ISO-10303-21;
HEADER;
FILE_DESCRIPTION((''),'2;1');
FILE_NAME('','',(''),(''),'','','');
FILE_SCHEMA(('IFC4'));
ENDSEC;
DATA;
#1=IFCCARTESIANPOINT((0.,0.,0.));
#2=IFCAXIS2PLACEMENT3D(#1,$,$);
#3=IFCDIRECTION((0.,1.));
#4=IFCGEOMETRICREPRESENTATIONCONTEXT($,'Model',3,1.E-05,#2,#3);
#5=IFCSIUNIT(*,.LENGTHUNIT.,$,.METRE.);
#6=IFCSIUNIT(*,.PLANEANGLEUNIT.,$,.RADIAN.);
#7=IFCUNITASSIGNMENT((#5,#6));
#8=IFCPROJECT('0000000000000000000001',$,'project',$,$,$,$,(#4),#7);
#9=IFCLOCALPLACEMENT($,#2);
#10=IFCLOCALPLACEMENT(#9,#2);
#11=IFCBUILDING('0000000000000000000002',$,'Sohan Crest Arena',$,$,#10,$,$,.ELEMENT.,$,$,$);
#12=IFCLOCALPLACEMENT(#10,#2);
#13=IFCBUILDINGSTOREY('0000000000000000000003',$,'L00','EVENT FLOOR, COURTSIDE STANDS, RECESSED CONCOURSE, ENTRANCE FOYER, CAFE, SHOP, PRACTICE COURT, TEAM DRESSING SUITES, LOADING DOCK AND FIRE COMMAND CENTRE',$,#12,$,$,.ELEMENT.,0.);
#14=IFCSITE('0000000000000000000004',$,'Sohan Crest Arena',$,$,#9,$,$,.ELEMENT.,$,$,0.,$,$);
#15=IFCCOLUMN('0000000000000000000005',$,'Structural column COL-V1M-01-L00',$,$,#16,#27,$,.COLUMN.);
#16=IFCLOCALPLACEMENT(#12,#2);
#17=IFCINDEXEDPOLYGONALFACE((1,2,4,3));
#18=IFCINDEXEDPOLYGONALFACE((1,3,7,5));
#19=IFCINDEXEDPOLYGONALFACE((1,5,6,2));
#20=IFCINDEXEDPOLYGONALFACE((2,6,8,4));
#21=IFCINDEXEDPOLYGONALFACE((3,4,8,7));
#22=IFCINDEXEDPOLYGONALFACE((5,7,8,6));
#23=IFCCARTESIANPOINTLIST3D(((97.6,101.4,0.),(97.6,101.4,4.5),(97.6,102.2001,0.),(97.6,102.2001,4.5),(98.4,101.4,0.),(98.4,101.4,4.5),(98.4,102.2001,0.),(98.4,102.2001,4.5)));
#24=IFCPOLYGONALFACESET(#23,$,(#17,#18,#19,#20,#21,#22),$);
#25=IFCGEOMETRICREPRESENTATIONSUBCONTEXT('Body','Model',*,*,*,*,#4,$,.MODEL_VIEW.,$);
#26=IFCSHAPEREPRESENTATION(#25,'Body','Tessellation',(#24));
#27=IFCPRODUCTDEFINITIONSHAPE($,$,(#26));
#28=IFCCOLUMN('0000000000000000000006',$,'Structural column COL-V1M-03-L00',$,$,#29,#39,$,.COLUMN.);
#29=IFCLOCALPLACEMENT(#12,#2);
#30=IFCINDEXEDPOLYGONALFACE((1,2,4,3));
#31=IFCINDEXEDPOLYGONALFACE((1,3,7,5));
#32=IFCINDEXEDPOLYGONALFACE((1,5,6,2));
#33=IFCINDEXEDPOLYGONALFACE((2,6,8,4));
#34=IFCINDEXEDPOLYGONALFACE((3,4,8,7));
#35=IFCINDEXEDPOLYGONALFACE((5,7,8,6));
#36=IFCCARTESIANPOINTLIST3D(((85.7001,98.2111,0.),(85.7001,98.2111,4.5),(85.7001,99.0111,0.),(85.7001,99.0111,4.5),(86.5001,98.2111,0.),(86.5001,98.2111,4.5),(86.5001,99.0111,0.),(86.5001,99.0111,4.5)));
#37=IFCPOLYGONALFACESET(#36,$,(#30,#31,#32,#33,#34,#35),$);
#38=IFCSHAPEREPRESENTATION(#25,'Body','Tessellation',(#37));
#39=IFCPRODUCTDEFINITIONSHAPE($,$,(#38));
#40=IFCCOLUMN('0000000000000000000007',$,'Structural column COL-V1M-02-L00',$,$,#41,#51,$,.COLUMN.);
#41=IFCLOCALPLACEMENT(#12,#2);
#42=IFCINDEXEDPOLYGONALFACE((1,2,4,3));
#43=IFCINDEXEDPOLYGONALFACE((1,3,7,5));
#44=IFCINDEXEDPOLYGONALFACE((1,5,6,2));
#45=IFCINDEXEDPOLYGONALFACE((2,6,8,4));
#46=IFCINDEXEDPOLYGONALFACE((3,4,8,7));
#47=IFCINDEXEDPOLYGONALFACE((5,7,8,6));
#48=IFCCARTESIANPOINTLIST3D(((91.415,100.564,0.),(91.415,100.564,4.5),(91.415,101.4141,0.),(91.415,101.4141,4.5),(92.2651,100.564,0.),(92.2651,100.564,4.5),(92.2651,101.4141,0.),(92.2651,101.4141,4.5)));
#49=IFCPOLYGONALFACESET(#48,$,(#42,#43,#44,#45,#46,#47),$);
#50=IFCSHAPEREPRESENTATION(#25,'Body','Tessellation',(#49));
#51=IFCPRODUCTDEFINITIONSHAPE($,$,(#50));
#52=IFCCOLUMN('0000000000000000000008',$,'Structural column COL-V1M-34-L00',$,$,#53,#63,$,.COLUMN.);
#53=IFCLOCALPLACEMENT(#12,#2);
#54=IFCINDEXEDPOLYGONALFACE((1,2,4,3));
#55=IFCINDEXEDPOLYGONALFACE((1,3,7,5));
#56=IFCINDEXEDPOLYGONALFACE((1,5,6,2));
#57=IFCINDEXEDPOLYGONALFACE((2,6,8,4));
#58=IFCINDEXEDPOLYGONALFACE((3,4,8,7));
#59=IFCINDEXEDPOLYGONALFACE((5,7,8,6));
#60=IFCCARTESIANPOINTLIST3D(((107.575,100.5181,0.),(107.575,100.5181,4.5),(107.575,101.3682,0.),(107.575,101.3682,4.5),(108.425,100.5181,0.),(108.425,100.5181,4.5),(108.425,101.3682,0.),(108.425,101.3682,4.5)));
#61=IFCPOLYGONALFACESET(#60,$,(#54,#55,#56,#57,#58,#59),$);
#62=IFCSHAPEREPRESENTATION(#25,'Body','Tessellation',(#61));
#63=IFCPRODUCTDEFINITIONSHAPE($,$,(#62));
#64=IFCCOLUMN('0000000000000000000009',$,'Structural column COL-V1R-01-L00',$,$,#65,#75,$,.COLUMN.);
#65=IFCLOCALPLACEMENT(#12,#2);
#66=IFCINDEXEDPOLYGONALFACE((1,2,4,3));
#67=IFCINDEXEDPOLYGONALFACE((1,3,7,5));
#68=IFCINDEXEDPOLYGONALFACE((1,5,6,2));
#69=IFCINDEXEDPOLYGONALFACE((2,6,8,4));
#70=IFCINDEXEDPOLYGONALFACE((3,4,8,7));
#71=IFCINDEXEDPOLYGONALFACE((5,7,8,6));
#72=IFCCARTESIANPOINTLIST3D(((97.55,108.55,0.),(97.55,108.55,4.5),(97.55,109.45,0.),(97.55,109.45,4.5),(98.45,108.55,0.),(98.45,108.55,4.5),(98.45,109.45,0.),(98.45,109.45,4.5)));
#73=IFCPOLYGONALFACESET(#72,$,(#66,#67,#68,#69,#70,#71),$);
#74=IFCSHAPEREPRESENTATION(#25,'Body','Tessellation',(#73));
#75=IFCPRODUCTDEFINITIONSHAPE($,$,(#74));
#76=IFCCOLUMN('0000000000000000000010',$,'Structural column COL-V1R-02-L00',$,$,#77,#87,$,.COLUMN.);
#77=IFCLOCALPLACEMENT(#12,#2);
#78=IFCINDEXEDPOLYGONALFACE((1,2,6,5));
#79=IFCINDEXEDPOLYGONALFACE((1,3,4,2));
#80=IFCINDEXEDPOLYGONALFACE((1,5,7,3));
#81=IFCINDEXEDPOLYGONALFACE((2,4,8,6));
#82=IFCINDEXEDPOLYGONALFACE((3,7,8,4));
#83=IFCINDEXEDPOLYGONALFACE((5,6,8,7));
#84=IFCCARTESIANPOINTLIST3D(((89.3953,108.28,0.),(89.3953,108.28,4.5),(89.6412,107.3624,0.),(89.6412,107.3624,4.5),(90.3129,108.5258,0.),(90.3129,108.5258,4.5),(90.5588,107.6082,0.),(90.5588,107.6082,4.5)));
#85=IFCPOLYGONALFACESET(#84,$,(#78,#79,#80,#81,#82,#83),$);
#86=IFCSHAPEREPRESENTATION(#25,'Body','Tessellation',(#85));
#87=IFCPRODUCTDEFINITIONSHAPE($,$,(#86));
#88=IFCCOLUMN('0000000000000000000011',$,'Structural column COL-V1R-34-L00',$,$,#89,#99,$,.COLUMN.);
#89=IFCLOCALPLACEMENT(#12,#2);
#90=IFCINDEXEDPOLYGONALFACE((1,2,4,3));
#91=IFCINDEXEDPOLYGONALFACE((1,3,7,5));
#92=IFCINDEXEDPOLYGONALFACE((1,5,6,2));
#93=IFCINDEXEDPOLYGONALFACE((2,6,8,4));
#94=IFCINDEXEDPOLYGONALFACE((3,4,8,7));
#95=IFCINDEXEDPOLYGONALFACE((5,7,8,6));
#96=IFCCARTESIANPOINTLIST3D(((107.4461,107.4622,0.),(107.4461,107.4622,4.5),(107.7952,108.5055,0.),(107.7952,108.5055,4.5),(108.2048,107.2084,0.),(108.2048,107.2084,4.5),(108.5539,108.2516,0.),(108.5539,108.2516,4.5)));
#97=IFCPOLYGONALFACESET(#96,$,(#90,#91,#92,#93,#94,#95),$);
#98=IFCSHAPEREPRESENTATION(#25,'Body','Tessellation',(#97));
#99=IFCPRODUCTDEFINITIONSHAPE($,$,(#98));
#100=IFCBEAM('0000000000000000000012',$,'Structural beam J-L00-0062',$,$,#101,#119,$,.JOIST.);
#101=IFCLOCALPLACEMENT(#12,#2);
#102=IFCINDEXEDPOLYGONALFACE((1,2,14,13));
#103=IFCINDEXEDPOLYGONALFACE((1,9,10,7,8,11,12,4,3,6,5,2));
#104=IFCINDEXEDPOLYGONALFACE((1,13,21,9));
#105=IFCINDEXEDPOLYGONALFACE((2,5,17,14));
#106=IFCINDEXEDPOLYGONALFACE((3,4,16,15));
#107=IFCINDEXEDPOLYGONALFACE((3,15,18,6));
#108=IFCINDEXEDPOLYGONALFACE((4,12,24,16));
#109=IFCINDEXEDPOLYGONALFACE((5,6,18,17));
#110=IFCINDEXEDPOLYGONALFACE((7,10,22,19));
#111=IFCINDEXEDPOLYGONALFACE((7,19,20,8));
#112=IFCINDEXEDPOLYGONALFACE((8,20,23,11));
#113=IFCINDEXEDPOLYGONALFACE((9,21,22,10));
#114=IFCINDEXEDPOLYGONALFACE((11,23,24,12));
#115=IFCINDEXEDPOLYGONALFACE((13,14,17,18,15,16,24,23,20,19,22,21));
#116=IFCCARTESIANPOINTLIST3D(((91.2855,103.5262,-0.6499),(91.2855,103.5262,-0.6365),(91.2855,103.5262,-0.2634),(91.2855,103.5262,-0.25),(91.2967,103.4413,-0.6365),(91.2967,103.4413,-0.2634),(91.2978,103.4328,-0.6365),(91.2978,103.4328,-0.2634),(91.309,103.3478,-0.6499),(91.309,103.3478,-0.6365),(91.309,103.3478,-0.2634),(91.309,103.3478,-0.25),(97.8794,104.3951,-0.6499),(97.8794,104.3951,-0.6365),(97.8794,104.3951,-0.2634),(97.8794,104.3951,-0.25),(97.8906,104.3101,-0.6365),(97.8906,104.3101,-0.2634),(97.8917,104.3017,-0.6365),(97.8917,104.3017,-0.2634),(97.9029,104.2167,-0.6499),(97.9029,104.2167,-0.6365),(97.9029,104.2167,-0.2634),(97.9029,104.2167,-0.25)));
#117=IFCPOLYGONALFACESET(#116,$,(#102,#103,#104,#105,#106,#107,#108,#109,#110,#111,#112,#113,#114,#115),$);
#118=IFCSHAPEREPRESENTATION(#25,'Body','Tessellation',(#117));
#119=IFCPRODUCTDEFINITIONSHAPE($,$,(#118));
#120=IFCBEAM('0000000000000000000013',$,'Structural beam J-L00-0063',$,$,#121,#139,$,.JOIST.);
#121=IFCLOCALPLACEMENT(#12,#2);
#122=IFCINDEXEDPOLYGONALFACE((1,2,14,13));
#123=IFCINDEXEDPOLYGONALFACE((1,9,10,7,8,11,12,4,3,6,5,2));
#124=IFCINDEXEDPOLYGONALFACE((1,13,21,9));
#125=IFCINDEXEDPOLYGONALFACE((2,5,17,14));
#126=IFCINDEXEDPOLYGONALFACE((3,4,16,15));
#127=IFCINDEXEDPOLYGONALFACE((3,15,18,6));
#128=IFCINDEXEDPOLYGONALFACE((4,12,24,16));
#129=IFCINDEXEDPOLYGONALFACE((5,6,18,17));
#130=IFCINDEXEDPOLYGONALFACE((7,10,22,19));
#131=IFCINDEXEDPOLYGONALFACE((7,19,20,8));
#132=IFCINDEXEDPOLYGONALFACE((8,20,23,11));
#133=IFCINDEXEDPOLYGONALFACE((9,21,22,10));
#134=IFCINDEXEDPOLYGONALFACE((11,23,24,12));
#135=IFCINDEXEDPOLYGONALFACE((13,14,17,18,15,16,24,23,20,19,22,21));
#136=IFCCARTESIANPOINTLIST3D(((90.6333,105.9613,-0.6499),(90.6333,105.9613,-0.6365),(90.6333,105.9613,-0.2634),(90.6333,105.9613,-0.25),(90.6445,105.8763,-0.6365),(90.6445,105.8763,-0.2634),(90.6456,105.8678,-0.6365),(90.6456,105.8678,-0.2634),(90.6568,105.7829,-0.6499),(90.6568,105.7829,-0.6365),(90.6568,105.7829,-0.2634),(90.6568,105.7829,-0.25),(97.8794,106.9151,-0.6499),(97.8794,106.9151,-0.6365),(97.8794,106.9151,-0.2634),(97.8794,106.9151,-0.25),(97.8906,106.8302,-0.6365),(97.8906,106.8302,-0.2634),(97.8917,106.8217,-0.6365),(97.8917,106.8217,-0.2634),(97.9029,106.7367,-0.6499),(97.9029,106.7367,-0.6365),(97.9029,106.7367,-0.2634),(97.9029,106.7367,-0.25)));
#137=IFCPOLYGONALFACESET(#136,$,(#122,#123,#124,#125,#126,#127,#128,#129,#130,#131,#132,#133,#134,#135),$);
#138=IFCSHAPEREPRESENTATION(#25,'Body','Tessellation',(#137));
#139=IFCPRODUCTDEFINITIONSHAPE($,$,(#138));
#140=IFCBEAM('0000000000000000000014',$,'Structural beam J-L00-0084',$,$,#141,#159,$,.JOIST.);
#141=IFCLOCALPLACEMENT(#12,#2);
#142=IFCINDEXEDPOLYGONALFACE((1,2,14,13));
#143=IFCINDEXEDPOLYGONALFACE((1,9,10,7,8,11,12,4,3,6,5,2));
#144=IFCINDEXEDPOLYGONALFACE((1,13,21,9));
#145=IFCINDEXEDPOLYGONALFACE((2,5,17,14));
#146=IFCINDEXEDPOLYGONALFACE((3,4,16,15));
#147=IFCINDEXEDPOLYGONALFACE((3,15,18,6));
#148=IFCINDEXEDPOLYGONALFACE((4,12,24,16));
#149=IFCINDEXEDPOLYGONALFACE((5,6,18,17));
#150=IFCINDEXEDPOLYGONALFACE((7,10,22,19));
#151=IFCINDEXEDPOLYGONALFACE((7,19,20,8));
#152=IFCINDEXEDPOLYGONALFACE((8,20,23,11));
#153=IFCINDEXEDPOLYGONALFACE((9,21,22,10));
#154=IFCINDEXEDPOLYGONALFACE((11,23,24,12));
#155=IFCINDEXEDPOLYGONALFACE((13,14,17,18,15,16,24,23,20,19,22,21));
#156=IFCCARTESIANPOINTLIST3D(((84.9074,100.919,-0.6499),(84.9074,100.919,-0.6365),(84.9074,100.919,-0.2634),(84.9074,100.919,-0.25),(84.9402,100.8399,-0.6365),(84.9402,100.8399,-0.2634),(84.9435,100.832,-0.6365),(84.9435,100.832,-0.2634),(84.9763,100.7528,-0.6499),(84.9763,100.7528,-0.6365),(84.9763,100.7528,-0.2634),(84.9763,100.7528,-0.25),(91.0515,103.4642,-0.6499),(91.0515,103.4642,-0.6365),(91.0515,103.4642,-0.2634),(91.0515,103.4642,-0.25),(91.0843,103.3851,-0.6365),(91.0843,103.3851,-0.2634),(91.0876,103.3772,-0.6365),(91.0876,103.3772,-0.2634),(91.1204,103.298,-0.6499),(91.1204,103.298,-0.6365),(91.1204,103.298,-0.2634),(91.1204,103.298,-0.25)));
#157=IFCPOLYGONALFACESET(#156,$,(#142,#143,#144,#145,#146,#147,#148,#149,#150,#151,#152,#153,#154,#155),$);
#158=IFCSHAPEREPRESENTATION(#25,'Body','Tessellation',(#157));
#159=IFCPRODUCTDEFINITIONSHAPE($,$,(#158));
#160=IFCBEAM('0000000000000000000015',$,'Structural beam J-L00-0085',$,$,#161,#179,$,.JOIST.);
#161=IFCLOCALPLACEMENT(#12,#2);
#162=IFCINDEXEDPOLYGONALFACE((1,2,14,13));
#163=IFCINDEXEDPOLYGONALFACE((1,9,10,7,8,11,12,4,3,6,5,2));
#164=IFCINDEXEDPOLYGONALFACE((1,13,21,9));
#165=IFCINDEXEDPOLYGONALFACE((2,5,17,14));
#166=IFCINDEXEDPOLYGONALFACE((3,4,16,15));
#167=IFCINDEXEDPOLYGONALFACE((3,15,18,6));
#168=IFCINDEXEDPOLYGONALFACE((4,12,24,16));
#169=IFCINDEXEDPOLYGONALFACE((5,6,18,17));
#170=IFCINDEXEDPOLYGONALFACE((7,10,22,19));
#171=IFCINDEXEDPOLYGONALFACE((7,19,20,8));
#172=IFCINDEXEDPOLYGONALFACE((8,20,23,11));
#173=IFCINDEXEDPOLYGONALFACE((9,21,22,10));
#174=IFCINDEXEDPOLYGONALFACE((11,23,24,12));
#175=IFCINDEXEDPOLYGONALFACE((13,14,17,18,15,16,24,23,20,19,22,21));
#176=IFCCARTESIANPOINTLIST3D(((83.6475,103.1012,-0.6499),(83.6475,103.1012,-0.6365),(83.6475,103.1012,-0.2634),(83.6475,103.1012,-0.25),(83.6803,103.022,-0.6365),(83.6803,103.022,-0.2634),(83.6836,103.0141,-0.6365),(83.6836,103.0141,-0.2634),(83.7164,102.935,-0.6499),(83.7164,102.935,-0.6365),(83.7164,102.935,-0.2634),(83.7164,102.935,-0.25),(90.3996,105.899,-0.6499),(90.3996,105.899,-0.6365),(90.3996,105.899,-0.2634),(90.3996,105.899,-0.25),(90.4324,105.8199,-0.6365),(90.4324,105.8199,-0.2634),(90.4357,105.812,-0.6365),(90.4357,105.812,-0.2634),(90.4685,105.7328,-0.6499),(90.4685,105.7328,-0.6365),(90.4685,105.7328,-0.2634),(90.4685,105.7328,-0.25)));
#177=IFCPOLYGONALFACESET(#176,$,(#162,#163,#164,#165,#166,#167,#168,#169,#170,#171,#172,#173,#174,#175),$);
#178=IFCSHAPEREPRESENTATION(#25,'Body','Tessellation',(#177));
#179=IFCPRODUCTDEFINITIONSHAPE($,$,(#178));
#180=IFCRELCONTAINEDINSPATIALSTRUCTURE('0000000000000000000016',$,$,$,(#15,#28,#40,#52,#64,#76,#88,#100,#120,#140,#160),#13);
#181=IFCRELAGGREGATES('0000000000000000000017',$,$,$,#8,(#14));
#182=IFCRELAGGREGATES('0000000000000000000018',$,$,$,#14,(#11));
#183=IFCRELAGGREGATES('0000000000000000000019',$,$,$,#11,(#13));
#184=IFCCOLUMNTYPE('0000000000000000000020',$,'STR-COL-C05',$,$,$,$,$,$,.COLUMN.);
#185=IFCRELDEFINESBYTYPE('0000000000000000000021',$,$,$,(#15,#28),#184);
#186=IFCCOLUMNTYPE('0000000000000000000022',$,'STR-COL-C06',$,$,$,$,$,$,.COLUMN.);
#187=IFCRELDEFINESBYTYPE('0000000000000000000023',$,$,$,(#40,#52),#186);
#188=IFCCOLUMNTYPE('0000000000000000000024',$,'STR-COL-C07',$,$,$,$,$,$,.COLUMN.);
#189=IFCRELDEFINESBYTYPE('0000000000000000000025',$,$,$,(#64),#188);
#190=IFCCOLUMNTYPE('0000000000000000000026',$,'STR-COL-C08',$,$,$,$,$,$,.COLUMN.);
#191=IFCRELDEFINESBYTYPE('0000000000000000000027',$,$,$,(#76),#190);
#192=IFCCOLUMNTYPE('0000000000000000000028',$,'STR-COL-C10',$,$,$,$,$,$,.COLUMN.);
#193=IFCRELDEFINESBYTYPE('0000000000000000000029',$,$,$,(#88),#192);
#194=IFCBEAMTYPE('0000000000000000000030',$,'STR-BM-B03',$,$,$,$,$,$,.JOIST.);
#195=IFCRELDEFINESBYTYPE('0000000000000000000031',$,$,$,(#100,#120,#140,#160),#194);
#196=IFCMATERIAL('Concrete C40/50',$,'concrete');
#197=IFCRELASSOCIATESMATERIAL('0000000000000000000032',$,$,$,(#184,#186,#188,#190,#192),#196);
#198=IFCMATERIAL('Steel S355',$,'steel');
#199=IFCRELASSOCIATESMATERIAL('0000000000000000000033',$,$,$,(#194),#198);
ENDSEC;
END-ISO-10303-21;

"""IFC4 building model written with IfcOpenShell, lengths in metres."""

from ifc_helpers import new_model, si_unit, direction, frame, origin, origin_2d, place, context, subcontext, project, spatial, rectangle, i_section, extrude, material, material_profile, profile_set, type_object, element, save


model = new_model("IFC4")

# Units and contexts
model_context = context("Model", 3, precision=1e-05, world=origin(), true_north=direction((0.0, 1.0)))
body_context = subcontext(model_context, "Body", "Model", "MODEL_VIEW")
ifc_project = project(units=[si_unit("LENGTHUNIT", "METRE"), si_unit("PLANEANGLEUNIT", "RADIAN")], contexts=[model_context])

# Site, building, storey
site_placement = place(None, origin())
site = spatial("IfcSite", under=ifc_project, at=site_placement, Name="Sohan Crest Arena", CompositionType="ELEMENT", RefElevation=0.0)
building_placement = place(site_placement, origin())
building = spatial("IfcBuilding", under=site, at=building_placement, Name="Sohan Crest Arena", CompositionType="ELEMENT")
storey_placement = place(building_placement, origin())
storey = spatial("IfcBuildingStorey", under=building, at=storey_placement, Name="L00", Description="EVENT FLOOR, COURTSIDE STANDS, RECESSED CONCOURSE, ENTRANCE FOYER, CAFE, SHOP, PRACTICE COURT, TEAM DRESSING SUITES, LOADING DOCK AND FIRE COMMAND CENTRE", CompositionType="ELEMENT", Elevation=0.0)

# Columns
ifc_material_1 = material(Name="Concrete C40/50", Category="concrete")
ifc_material_profile_1 = material_profile(ifc_material_1, rectangle(XDim=0.8, YDim=0.8, at=origin_2d()), Name="RC 800x800")
ifc_profile_set_1 = profile_set([ifc_material_profile_1], Name="Concrete C40/50")
column_type_1 = type_object("IfcColumnType", Name="STR-COL-C05", PredefinedType="COLUMN", material=ifc_profile_set_1)
for number, where, z_axis, x_axis, name in (
    (1, (98.0, 101.8, 0.0), (0.0, 0.0, 1.0), (1.0, 0.0, 0.0), "Structural column COL-V1M-01-L00"),
    (2, (86.1001, 98.6111, 0.0), (0.0, 0.0, 1.0), (1.0, 0.0, 0.0), "Structural column COL-V1M-03-L00"),
):
    element("IfcColumn", number, at=place(storey_placement, frame(where, z_axis=z_axis, x_axis=x_axis)), inside=storey, type_object=column_type_1, Name=name, PredefinedType="COLUMN", context=body_context, shape_type="SweptSolid", body=[
        extrude(rectangle(XDim=0.8, YDim=0.8, at=origin_2d()), origin(), (0.0, 0.0, 1.0), 4.5),
    ])
ifc_material_profile_2 = material_profile(ifc_material_1, rectangle(XDim=0.8501, YDim=0.8501, at=origin_2d()), Name="RC 850x850")
ifc_profile_set_2 = profile_set([ifc_material_profile_2], Name="Concrete C40/50")
column_type_2 = type_object("IfcColumnType", Name="STR-COL-C06", PredefinedType="COLUMN", material=ifc_profile_set_2)
for number, where, z_axis, x_axis, name in (
    (3, (91.8401, 100.989, 0.0), (0.0, 0.0, 1.0), (1.0, 0.0, 0.0), "Structural column COL-V1M-02-L00"),
    (4, (108.0, 100.9431, 0.0), (0.0, 0.0, 1.0), (1.0, 0.0, 0.0), "Structural column COL-V1M-34-L00"),
):
    element("IfcColumn", number, at=place(storey_placement, frame(where, z_axis=z_axis, x_axis=x_axis)), inside=storey, type_object=column_type_2, Name=name, PredefinedType="COLUMN", context=body_context, shape_type="SweptSolid", body=[
        extrude(rectangle(XDim=0.8501, YDim=0.8501, at=origin_2d()), origin(), (0.0, 0.0, 1.0), 4.5),
    ])
ifc_material_profile_3 = material_profile(ifc_material_1, rectangle(XDim=0.8999, YDim=0.8999, at=origin_2d()), Name="RC 900x900")
ifc_profile_set_3 = profile_set([ifc_material_profile_3], Name="Concrete C40/50")
column_type_3 = type_object("IfcColumnType", Name="STR-COL-C07", PredefinedType="COLUMN", material=ifc_profile_set_3)
column_1_placement = place(storey_placement, frame((98.0, 109.0, 0.0), z_axis=(0.0, 0.0, 1.0), x_axis=(0.0, 1.0, 0.0)))
element("IfcColumn", 5, at=column_1_placement, inside=storey, type_object=column_type_3, Name="Structural column COL-V1R-01-L00", PredefinedType="COLUMN", context=body_context, shape_type="SweptSolid", body=[
    extrude(rectangle(XDim=0.8999, YDim=0.8999, at=origin_2d()), origin(), (0.0, 0.0, 1.0), 4.5),
])
ifc_material_profile_4 = material_profile(ifc_material_1, rectangle(XDim=0.95, YDim=0.95, at=origin_2d()), Name="RC 950x950")
ifc_profile_set_4 = profile_set([ifc_material_profile_4], Name="Concrete C40/50")
column_type_4 = type_object("IfcColumnType", Name="STR-COL-C08", PredefinedType="COLUMN", material=ifc_profile_set_4)
column_2_placement = place(storey_placement, frame((89.9771, 107.9441, 0.0), z_axis=(0.0, 0.0, 1.0), x_axis=(-0.258819, 0.965926, 0.0)))
element("IfcColumn", 6, at=column_2_placement, inside=storey, type_object=column_type_4, Name="Structural column COL-V1R-02-L00", PredefinedType="COLUMN", context=body_context, shape_type="SweptSolid", body=[
    extrude(rectangle(XDim=0.95, YDim=0.95, at=origin_2d()), origin(), (0.0, 0.0, 1.0), 4.5),
])
ifc_material_profile_5 = material_profile(ifc_material_1, rectangle(XDim=1.1001, YDim=0.8, at=origin_2d()), Name="RC 1100x800")
ifc_profile_set_5 = profile_set([ifc_material_profile_5], Name="Concrete C40/50")
column_type_5 = type_object("IfcColumnType", Name="STR-COL-C10", PredefinedType="COLUMN", material=ifc_profile_set_5)
column_3_placement = place(storey_placement, frame((108.0, 107.8569, 0.0), z_axis=(0.0, 0.0, 1.0), x_axis=(0.317305, 0.948324, 0.0)))
element("IfcColumn", 7, at=column_3_placement, inside=storey, type_object=column_type_5, Name="Structural column COL-V1R-34-L00", PredefinedType="COLUMN", context=body_context, shape_type="SweptSolid", body=[
    extrude(rectangle(XDim=1.1001, YDim=0.8, at=origin_2d()), origin(), (0.0, 0.0, 1.0), 4.5),
])

# Beams
ifc_material_2 = material(Name="Steel S355", Category="steel")
ifc_material_profile_6 = material_profile(ifc_material_2, i_section(OverallWidth=0.1799, OverallDepth=0.3999, WebThickness=0.0085, FlangeThickness=0.0134, at=origin_2d()), Name="IPE 400")
ifc_profile_set_6 = profile_set([ifc_material_profile_6], Name="Steel S355")
beam_type_1 = type_object("IfcBeamType", Name="STR-BM-B03", PredefinedType="JOIST", material=ifc_profile_set_6)
beam_1_placement = place(storey_placement, frame((97.8911, 104.3059, -0.45), z_axis=(-0.99143, -0.130642, 0.0), x_axis=(0.130642, -0.99143, 0.0)))
element("IfcBeam", 8, at=beam_1_placement, inside=storey, type_object=beam_type_1, Name="Structural beam J-L00-0062", PredefinedType="JOIST", context=body_context, shape_type="SweptSolid", body=[
    extrude(i_section(OverallWidth=0.1799, OverallDepth=0.3999, WebThickness=0.0085, FlangeThickness=0.0134, at=origin_2d()), origin(), (0.0, 0.0, 1.0), 6.6509),
])
beam_2_placement = place(storey_placement, frame((97.8911, 106.8259, -0.45), z_axis=(-0.991447, -0.130512, 0.0), x_axis=(0.130512, -0.991447, 0.0)))
element("IfcBeam", 9, at=beam_2_placement, inside=storey, type_object=beam_type_1, Name="Structural beam J-L00-0063", PredefinedType="JOIST", context=body_context, shape_type="SweptSolid", body=[
    extrude(i_section(OverallWidth=0.1799, OverallDepth=0.3999, WebThickness=0.0085, FlangeThickness=0.0134, at=origin_2d()), origin(), (0.0, 0.0, 1.0), 7.3086),
])
beam_3_placement = place(storey_placement, frame((91.0859, 103.3811, -0.45), z_axis=(-0.923868, -0.382712, 0.0), x_axis=(0.382712, -0.923868, 0.0)))
element("IfcBeam", 10, at=beam_3_placement, inside=storey, type_object=beam_type_1, Name="Structural beam J-L00-0084", PredefinedType="JOIST", context=body_context, shape_type="SweptSolid", body=[
    extrude(i_section(OverallWidth=0.1799, OverallDepth=0.3999, WebThickness=0.0085, FlangeThickness=0.0134, at=origin_2d()), origin(), (0.0, 0.0, 1.0), 6.6504),
])
beam_4_placement = place(storey_placement, frame((90.4341, 105.8159, -0.45), z_axis=(-0.923831, -0.3828, 0.0), x_axis=(0.3828, -0.923831, 0.0)))
element("IfcBeam", 11, at=beam_4_placement, inside=storey, type_object=beam_type_1, Name="Structural beam J-L00-0085", PredefinedType="JOIST", context=body_context, shape_type="SweptSolid", body=[
    extrude(i_section(OverallWidth=0.1799, OverallDepth=0.3999, WebThickness=0.0085, FlangeThickness=0.0134, at=origin_2d()), origin(), (0.0, 0.0, 1.0), 7.3088),
])

save(model, "model.ifc")
